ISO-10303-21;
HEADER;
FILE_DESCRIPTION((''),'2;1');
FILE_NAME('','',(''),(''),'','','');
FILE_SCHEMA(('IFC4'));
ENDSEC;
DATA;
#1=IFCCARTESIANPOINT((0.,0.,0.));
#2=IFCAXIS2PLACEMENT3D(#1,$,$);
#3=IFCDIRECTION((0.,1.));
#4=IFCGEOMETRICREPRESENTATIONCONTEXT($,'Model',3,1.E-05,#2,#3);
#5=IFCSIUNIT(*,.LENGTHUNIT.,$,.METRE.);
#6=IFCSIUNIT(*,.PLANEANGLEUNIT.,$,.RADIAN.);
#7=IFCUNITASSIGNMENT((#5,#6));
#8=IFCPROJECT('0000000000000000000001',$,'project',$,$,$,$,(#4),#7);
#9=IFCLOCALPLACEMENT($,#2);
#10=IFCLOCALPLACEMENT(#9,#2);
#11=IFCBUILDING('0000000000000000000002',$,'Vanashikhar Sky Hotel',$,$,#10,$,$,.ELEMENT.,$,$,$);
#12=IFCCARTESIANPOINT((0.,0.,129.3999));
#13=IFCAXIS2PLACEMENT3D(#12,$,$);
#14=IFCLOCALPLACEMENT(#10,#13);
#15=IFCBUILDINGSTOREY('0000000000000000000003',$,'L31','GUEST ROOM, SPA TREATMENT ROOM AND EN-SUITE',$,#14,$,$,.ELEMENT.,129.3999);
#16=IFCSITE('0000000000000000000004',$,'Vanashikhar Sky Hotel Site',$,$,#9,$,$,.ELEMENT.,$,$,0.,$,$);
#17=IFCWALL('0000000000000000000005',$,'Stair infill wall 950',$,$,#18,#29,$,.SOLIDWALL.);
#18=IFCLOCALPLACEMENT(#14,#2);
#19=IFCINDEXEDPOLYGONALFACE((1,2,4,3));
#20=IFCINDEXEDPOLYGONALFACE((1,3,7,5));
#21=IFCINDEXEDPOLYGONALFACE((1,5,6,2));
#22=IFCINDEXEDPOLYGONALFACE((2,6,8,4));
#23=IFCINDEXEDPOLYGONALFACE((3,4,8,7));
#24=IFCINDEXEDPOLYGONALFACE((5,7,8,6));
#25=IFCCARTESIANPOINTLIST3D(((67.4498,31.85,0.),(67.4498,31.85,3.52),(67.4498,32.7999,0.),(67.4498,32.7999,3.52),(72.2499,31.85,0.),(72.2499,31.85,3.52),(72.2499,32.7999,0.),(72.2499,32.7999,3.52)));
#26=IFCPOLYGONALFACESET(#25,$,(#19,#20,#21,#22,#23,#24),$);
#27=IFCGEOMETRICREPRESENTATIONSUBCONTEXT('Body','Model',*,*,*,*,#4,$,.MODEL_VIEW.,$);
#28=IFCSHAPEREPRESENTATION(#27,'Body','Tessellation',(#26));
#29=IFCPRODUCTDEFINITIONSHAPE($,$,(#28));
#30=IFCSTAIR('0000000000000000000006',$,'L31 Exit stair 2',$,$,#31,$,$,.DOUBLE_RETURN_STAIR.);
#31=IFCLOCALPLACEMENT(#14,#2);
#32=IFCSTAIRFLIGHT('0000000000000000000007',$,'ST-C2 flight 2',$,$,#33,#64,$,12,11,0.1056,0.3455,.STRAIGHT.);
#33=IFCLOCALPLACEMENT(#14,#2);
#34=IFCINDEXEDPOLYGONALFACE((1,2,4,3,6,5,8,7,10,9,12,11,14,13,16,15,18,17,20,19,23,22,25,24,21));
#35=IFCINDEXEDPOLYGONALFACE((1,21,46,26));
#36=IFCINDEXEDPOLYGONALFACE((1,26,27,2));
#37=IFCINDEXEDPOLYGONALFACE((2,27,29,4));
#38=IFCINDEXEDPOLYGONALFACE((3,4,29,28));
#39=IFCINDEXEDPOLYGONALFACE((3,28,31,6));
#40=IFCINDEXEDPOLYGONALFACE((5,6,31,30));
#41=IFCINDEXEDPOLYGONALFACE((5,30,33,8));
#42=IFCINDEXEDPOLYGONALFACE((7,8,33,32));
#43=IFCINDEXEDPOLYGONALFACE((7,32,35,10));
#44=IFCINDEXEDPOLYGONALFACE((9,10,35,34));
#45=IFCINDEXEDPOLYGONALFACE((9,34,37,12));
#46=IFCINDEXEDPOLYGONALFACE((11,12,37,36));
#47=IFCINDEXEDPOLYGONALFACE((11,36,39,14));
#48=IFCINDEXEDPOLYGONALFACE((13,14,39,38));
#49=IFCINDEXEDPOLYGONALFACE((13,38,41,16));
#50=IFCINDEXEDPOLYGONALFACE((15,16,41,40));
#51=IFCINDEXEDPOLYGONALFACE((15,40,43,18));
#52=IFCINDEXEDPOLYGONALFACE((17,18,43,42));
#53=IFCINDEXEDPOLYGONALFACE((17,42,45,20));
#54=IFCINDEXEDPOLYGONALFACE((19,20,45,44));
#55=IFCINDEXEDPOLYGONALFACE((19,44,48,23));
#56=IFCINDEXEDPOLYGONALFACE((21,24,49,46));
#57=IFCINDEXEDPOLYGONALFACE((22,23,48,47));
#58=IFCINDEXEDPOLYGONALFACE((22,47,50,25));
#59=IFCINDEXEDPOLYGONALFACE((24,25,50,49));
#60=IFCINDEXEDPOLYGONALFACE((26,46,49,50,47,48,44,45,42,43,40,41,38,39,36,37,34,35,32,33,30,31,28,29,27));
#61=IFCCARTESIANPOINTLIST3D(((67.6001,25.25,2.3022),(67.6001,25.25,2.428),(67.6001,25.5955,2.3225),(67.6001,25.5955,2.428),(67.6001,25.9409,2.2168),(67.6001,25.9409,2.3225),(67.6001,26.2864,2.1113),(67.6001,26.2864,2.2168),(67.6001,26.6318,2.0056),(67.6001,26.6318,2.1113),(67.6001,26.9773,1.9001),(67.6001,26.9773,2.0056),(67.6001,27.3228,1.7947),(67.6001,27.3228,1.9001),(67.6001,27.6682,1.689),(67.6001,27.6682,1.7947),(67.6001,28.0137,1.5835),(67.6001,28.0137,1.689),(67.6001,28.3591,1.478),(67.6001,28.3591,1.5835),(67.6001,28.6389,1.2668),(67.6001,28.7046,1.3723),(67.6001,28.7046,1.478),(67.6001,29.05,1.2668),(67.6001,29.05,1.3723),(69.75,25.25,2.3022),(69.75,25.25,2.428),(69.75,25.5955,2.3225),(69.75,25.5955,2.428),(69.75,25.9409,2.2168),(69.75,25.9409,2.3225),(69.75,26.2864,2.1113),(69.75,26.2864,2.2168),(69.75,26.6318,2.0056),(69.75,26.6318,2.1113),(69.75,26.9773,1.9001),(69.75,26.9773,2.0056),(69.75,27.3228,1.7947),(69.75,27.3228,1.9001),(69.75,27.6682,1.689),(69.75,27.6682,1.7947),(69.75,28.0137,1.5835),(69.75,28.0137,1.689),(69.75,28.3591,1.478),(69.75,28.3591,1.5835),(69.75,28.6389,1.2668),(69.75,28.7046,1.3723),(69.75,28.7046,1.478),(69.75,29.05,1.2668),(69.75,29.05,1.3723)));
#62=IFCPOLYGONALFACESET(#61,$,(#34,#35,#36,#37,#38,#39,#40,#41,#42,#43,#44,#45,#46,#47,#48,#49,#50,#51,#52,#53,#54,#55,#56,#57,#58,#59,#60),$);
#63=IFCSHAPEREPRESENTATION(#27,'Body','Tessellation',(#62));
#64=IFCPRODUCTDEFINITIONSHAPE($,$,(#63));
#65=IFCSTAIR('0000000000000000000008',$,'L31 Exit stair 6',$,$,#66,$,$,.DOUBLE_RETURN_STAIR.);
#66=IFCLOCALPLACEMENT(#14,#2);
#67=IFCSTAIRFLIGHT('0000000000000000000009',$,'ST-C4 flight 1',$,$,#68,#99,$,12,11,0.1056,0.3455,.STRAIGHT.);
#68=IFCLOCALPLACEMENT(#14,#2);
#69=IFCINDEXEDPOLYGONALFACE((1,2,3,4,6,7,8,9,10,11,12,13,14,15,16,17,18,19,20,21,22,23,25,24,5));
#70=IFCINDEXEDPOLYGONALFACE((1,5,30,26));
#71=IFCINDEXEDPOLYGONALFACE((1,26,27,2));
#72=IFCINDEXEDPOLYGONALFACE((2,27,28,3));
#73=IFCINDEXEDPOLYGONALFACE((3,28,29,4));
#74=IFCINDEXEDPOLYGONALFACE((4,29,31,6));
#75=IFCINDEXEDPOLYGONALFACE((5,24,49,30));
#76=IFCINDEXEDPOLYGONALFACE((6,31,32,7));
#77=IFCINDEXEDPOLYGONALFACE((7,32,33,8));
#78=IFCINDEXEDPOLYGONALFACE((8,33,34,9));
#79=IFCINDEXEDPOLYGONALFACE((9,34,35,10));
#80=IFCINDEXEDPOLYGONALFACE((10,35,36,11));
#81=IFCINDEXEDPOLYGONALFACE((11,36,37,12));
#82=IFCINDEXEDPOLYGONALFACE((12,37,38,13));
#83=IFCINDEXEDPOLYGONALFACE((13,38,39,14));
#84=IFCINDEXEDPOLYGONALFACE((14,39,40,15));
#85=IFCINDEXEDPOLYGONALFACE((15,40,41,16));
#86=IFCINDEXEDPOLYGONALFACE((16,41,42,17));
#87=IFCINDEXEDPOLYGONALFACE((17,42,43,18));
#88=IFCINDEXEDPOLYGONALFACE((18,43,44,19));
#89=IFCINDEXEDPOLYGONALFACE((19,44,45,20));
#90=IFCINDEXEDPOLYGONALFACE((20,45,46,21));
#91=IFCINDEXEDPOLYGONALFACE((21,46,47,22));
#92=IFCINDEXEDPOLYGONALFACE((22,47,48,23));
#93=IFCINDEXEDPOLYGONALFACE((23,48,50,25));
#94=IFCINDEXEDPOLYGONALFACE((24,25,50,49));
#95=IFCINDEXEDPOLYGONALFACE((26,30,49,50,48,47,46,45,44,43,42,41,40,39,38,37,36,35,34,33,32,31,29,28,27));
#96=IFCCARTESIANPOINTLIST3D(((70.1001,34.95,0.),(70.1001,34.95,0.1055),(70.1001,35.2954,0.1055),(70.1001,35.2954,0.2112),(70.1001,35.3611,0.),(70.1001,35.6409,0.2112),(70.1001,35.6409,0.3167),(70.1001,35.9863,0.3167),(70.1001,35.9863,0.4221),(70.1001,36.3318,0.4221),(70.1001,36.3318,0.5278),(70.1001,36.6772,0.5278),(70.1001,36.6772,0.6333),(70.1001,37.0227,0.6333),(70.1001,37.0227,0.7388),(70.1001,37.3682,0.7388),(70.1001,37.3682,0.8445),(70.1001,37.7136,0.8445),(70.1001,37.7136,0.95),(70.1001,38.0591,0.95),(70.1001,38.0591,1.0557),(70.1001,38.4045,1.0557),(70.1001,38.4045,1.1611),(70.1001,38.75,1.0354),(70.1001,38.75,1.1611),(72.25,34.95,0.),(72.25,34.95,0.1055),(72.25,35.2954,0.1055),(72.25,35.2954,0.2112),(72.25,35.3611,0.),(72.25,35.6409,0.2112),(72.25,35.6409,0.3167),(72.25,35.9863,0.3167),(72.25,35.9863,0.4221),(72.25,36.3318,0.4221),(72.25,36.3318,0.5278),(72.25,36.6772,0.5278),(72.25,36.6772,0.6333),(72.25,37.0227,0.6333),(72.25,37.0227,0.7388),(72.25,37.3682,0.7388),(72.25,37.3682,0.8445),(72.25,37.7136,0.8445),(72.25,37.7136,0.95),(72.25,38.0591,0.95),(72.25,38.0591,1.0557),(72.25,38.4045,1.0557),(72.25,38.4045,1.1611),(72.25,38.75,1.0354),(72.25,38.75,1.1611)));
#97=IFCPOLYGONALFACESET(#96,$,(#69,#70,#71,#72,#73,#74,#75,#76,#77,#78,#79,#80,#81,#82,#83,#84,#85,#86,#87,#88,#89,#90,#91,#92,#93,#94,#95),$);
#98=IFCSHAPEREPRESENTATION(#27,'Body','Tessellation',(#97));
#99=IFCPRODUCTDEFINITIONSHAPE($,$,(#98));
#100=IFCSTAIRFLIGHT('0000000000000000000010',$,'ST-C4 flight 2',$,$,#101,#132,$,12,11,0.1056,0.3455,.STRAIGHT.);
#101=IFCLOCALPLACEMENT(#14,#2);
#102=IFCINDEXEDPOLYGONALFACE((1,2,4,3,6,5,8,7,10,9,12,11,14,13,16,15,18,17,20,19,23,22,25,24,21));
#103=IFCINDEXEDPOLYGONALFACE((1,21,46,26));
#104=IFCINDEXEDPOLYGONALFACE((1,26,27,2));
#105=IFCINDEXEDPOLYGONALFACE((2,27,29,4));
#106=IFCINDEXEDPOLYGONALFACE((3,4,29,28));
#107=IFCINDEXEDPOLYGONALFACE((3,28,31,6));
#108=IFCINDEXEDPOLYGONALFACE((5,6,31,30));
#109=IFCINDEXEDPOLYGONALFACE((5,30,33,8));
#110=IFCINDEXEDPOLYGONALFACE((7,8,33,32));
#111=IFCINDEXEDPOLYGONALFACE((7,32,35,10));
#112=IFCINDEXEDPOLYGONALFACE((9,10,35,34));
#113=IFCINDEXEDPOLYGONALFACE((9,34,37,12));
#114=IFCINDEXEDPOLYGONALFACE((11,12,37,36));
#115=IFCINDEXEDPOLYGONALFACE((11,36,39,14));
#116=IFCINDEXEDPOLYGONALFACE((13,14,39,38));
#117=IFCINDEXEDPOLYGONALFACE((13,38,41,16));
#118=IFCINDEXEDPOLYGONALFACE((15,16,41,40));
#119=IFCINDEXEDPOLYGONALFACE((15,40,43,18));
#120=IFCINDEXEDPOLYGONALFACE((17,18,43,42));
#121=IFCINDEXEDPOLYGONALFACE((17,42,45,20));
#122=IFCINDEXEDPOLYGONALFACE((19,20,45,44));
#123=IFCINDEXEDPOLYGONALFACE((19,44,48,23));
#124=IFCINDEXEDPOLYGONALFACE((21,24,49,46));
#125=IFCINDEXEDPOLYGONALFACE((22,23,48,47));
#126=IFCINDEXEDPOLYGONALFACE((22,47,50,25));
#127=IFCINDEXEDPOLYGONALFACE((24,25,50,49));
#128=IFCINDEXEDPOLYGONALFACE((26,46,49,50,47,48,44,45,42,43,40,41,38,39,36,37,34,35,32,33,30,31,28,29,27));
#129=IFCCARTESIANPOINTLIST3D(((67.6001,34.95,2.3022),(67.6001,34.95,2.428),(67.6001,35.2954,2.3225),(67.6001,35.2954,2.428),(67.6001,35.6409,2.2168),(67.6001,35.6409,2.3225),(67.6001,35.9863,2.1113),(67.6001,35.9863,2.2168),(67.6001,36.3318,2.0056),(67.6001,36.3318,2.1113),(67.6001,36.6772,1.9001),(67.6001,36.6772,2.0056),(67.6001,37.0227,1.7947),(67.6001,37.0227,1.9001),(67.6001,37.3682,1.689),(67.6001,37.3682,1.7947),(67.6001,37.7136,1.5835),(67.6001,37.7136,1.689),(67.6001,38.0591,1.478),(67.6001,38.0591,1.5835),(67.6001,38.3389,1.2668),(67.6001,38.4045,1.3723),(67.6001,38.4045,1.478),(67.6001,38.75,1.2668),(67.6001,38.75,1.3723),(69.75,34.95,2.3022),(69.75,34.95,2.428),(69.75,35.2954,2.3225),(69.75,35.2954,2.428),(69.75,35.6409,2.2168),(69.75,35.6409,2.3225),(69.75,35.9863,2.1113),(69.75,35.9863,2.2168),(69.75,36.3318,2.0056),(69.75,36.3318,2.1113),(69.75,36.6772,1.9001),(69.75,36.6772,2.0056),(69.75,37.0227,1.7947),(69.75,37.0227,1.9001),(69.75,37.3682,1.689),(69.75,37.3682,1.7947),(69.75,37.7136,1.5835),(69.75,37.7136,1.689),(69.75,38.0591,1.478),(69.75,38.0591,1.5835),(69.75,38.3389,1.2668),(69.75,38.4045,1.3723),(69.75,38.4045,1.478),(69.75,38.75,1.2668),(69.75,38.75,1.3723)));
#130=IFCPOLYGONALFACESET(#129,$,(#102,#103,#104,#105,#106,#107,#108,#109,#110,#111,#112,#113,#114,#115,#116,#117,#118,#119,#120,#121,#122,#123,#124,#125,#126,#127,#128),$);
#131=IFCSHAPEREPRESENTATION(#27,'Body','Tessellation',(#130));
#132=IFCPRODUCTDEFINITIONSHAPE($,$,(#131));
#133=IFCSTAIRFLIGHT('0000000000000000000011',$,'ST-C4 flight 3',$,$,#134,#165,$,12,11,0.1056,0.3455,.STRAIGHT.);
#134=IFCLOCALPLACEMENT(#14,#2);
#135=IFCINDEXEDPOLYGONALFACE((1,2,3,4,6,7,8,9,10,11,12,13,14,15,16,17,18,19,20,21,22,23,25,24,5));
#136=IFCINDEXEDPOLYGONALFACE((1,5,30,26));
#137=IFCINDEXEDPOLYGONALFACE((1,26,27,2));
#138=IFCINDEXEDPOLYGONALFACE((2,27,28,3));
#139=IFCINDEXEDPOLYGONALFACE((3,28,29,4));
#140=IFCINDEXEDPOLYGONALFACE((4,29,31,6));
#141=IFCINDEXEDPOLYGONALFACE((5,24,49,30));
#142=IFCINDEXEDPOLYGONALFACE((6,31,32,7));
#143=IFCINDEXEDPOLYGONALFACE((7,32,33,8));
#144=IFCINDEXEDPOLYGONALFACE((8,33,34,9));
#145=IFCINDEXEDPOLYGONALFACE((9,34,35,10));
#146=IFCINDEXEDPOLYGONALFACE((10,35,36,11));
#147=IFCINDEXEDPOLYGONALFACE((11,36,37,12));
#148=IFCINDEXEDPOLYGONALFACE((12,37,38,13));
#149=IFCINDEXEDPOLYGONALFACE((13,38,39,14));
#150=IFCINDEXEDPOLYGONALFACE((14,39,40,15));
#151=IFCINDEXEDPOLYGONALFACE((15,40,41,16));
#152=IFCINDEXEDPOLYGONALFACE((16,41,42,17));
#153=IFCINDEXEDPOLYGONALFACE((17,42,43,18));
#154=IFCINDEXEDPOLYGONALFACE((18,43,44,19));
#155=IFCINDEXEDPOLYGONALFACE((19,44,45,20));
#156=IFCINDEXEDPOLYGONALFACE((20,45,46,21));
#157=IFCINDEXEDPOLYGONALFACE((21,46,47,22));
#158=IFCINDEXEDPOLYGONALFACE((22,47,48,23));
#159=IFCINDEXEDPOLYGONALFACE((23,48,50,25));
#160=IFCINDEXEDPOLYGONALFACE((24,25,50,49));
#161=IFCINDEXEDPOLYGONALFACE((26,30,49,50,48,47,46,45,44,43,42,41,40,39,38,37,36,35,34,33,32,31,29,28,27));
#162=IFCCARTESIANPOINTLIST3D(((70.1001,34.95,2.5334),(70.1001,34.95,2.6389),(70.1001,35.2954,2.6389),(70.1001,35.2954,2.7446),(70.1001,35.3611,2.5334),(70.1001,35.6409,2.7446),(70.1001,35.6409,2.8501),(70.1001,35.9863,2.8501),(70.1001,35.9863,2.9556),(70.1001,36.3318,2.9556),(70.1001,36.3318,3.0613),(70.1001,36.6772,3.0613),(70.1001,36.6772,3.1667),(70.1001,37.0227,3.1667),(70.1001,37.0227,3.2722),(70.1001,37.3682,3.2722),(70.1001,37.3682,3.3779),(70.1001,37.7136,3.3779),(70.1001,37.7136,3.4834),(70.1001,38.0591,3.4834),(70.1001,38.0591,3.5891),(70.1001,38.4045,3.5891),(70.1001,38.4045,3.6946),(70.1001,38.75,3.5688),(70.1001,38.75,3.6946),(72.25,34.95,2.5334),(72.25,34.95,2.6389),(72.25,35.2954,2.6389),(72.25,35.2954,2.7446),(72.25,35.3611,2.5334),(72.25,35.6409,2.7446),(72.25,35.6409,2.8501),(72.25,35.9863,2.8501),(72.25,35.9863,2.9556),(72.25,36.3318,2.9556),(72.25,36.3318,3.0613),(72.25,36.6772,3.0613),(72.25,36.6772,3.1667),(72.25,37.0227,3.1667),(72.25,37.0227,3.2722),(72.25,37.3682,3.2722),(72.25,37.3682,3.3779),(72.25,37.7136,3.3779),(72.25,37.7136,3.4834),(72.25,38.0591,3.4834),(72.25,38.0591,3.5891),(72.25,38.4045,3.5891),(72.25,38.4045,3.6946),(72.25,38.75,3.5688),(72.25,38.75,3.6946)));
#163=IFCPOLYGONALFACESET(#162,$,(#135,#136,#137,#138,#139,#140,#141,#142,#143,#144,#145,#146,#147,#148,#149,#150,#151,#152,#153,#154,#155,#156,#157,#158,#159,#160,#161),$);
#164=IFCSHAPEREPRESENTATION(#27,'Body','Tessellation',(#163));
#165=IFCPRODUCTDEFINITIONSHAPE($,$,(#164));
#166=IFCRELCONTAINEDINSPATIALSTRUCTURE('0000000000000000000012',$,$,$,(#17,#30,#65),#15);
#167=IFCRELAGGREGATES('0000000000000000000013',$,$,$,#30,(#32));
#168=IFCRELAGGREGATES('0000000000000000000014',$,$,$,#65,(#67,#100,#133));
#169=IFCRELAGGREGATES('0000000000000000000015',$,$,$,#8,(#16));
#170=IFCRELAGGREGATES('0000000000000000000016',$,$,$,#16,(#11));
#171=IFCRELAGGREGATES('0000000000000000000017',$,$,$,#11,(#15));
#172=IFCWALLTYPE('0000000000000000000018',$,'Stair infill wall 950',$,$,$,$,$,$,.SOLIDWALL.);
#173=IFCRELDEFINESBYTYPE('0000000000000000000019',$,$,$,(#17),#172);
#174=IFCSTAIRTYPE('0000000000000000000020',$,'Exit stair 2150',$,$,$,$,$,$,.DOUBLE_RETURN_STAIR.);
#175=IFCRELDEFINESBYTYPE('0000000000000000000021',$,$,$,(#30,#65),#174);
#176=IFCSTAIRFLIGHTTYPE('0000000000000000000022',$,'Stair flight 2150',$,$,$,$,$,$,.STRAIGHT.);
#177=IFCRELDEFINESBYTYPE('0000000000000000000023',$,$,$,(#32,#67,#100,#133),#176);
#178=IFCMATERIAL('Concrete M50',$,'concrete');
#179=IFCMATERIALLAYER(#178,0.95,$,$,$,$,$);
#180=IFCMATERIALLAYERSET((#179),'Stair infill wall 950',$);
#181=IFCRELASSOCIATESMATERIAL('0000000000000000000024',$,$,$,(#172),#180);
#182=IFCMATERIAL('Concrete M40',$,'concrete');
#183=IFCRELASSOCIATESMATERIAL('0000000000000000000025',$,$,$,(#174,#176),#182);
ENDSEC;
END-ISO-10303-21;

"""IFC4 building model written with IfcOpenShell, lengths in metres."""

from ifc_helpers import new_model, si_unit, direction, frame, frame_2d, origin, place, context, subcontext, project, spatial, polyline, rectangle, outline, extrude, source, transform, mapped, material, layer, layer_set, type_object, element, aggregate, save


model = new_model("IFC4")

# Units and contexts
model_context = context("Model", 3, precision=1e-05, world=origin(), true_north=direction((0.0, 1.0)))
body_context = subcontext(model_context, "Body", "Model", "MODEL_VIEW")
ifc_project = project(units=[si_unit("LENGTHUNIT", "METRE"), si_unit("PLANEANGLEUNIT", "RADIAN")], contexts=[model_context])

# Site, building, storey
site_placement = place(None, origin())
site = spatial("IfcSite", under=ifc_project, at=site_placement, Name="Vanashikhar Sky Hotel Site", CompositionType="ELEMENT", RefElevation=0.0)
building_placement = place(site_placement, origin())
building = spatial("IfcBuilding", under=site, at=building_placement, Name="Vanashikhar Sky Hotel", CompositionType="ELEMENT")
storey_placement = place(building_placement, frame((0.0, 0.0, 129.3999)))
storey = spatial("IfcBuildingStorey", under=building, at=storey_placement, Name="L31", Description="GUEST ROOM, SPA TREATMENT ROOM AND EN-SUITE", CompositionType="ELEMENT", Elevation=129.3999)

# Shared definitions
ifc_material_1 = material(Name="Concrete M40", Category="concrete")

# Shared definitions
ifc_material_2 = material(Name="Concrete M50", Category="concrete")

# Wall
ifc_layer_1 = layer(ifc_material_2, 0.95)
ifc_layer_set_1 = layer_set([ifc_layer_1], Name="Stair infill wall 950")
wall_type_1 = type_object("IfcWallType", Name="Stair infill wall 950", PredefinedType="SOLIDWALL", material=ifc_layer_set_1)
shared_shape_1 = source(origin(), body_context, "Body", "SweptSolid", [
    extrude(rectangle(XDim=4.8, YDim=0.95, at=frame_2d((2.3999, 0.0))), origin(), (0.0, 0.0, 1.0), 3.52),
])
wall_1_placement = place(storey_placement, frame((67.45, 32.325, 0.0), z_axis=(0.0, 0.0, 1.0), x_axis=(1.0, 0.0, 0.0)))
element("IfcWall", 1, at=wall_1_placement, inside=storey, type_object=wall_type_1, Name="Stair infill wall 950", PredefinedType="SOLIDWALL", context=body_context, shape_type="MappedRepresentation", body=[
    mapped(shared_shape_1, transform((0.0, 0.0, 0.0), scale=1.0)),
])

# Stair, stair flight
stair_type = type_object("IfcStairType", Name="Exit stair 2150", PredefinedType="DOUBLE_RETURN_STAIR", material=ifc_material_1)
stair_1_placement = place(storey_placement, origin())
stair_1 = element("IfcStair", 2, at=stair_1_placement, inside=storey, type_object=stair_type, Name="L31 Exit stair 2", PredefinedType="DOUBLE_RETURN_STAIR")
stair_flight_type = type_object("IfcStairFlightType", Name="Stair flight 2150", PredefinedType="STRAIGHT", material=ifc_material_1)
shared_shape_2 = source(origin(), body_context, "Body", "SweptSolid", [
    extrude(outline(polyline([(0.0, 0.0), (0.0, 0.1055), (0.3455, 0.1055), (0.3455, 0.2112), (0.6909, 0.2112), (0.6909, 0.3167), (1.0364, 0.3167), (1.0364, 0.4221), (1.3818, 0.4221), (1.3818, 0.5278), (1.7273, 0.5278), (1.7273, 0.6333), (2.0728, 0.6333), (2.0728, 0.7388), (2.4182, 0.7388), (2.4182, 0.8445), (2.7637, 0.8445), (2.7637, 0.95), (3.1091, 0.95), (3.1091, 1.0557), (3.4546, 1.0557), (3.4546, 1.1611), (3.8, 1.1611), (3.8, 1.2666), (3.8, 1.0354), (0.4111, 0.0), (0.0, 0.0)])), frame((0.0, 1.075, 0.0), z_axis=(0.0, -1.0, 0.0), x_axis=(1.0, 0.0, 0.0)), (0.0, 0.0, 1.0), 2.1499),
])
stair_flight_1_placement = place(storey_placement, frame((68.675, 29.05, 1.2668), z_axis=(0.0, 0.0, 1.0), x_axis=(0.0, -1.0, 0.0)))
stair_flight_1 = element("IfcStairFlight", 3, at=stair_flight_1_placement, type_object=stair_flight_type, Name="ST-C2 flight 2", NumberOfRisers=12, NumberOfTreads=11, PredefinedType="STRAIGHT", RiserHeight=0.1056, TreadLength=0.3455, context=body_context, shape_type="MappedRepresentation", body=[
    mapped(shared_shape_2, transform((0.0, 0.0, 0.0), scale=1.0)),
])
aggregate(stair_1, [stair_flight_1])

# Stair, stair flights
stair_2_placement = place(storey_placement, origin())
stair_2 = element("IfcStair", 4, at=stair_2_placement, inside=storey, type_object=stair_type, Name="L31 Exit stair 6", PredefinedType="DOUBLE_RETURN_STAIR")
stair_flight_2_placement = place(storey_placement, frame((71.175, 34.95, 0.0), z_axis=(0.0, 0.0, 1.0), x_axis=(0.0, 1.0, 0.0)))
stair_flight_2 = element("IfcStairFlight", 5, at=stair_flight_2_placement, type_object=stair_flight_type, Name="ST-C4 flight 1", NumberOfRisers=12, NumberOfTreads=11, PredefinedType="STRAIGHT", RiserHeight=0.1056, TreadLength=0.3455, context=body_context, shape_type="MappedRepresentation", body=[
    mapped(shared_shape_2, transform((0.0, 0.0, 0.0), scale=1.0)),
])
stair_flight_3_placement = place(storey_placement, frame((68.675, 38.75, 1.2668), z_axis=(0.0, 0.0, 1.0), x_axis=(0.0, -1.0, 0.0)))
stair_flight_3 = element("IfcStairFlight", 6, at=stair_flight_3_placement, type_object=stair_flight_type, Name="ST-C4 flight 2", NumberOfRisers=12, NumberOfTreads=11, PredefinedType="STRAIGHT", RiserHeight=0.1056, TreadLength=0.3455, context=body_context, shape_type="MappedRepresentation", body=[
    mapped(shared_shape_2, transform((0.0, 0.0, 0.0), scale=1.0)),
])
stair_flight_4_placement = place(storey_placement, frame((71.175, 34.95, 2.5334), z_axis=(0.0, 0.0, 1.0), x_axis=(0.0, 1.0, 0.0)))
stair_flight_4 = element("IfcStairFlight", 7, at=stair_flight_4_placement, type_object=stair_flight_type, Name="ST-C4 flight 3", NumberOfRisers=12, NumberOfTreads=11, PredefinedType="STRAIGHT", RiserHeight=0.1056, TreadLength=0.3455, context=body_context, shape_type="MappedRepresentation", body=[
    mapped(shared_shape_2, transform((0.0, 0.0, 0.0), scale=1.0)),
])
aggregate(stair_2, [stair_flight_2, stair_flight_3, stair_flight_4])

save(model, "model.ifc")
